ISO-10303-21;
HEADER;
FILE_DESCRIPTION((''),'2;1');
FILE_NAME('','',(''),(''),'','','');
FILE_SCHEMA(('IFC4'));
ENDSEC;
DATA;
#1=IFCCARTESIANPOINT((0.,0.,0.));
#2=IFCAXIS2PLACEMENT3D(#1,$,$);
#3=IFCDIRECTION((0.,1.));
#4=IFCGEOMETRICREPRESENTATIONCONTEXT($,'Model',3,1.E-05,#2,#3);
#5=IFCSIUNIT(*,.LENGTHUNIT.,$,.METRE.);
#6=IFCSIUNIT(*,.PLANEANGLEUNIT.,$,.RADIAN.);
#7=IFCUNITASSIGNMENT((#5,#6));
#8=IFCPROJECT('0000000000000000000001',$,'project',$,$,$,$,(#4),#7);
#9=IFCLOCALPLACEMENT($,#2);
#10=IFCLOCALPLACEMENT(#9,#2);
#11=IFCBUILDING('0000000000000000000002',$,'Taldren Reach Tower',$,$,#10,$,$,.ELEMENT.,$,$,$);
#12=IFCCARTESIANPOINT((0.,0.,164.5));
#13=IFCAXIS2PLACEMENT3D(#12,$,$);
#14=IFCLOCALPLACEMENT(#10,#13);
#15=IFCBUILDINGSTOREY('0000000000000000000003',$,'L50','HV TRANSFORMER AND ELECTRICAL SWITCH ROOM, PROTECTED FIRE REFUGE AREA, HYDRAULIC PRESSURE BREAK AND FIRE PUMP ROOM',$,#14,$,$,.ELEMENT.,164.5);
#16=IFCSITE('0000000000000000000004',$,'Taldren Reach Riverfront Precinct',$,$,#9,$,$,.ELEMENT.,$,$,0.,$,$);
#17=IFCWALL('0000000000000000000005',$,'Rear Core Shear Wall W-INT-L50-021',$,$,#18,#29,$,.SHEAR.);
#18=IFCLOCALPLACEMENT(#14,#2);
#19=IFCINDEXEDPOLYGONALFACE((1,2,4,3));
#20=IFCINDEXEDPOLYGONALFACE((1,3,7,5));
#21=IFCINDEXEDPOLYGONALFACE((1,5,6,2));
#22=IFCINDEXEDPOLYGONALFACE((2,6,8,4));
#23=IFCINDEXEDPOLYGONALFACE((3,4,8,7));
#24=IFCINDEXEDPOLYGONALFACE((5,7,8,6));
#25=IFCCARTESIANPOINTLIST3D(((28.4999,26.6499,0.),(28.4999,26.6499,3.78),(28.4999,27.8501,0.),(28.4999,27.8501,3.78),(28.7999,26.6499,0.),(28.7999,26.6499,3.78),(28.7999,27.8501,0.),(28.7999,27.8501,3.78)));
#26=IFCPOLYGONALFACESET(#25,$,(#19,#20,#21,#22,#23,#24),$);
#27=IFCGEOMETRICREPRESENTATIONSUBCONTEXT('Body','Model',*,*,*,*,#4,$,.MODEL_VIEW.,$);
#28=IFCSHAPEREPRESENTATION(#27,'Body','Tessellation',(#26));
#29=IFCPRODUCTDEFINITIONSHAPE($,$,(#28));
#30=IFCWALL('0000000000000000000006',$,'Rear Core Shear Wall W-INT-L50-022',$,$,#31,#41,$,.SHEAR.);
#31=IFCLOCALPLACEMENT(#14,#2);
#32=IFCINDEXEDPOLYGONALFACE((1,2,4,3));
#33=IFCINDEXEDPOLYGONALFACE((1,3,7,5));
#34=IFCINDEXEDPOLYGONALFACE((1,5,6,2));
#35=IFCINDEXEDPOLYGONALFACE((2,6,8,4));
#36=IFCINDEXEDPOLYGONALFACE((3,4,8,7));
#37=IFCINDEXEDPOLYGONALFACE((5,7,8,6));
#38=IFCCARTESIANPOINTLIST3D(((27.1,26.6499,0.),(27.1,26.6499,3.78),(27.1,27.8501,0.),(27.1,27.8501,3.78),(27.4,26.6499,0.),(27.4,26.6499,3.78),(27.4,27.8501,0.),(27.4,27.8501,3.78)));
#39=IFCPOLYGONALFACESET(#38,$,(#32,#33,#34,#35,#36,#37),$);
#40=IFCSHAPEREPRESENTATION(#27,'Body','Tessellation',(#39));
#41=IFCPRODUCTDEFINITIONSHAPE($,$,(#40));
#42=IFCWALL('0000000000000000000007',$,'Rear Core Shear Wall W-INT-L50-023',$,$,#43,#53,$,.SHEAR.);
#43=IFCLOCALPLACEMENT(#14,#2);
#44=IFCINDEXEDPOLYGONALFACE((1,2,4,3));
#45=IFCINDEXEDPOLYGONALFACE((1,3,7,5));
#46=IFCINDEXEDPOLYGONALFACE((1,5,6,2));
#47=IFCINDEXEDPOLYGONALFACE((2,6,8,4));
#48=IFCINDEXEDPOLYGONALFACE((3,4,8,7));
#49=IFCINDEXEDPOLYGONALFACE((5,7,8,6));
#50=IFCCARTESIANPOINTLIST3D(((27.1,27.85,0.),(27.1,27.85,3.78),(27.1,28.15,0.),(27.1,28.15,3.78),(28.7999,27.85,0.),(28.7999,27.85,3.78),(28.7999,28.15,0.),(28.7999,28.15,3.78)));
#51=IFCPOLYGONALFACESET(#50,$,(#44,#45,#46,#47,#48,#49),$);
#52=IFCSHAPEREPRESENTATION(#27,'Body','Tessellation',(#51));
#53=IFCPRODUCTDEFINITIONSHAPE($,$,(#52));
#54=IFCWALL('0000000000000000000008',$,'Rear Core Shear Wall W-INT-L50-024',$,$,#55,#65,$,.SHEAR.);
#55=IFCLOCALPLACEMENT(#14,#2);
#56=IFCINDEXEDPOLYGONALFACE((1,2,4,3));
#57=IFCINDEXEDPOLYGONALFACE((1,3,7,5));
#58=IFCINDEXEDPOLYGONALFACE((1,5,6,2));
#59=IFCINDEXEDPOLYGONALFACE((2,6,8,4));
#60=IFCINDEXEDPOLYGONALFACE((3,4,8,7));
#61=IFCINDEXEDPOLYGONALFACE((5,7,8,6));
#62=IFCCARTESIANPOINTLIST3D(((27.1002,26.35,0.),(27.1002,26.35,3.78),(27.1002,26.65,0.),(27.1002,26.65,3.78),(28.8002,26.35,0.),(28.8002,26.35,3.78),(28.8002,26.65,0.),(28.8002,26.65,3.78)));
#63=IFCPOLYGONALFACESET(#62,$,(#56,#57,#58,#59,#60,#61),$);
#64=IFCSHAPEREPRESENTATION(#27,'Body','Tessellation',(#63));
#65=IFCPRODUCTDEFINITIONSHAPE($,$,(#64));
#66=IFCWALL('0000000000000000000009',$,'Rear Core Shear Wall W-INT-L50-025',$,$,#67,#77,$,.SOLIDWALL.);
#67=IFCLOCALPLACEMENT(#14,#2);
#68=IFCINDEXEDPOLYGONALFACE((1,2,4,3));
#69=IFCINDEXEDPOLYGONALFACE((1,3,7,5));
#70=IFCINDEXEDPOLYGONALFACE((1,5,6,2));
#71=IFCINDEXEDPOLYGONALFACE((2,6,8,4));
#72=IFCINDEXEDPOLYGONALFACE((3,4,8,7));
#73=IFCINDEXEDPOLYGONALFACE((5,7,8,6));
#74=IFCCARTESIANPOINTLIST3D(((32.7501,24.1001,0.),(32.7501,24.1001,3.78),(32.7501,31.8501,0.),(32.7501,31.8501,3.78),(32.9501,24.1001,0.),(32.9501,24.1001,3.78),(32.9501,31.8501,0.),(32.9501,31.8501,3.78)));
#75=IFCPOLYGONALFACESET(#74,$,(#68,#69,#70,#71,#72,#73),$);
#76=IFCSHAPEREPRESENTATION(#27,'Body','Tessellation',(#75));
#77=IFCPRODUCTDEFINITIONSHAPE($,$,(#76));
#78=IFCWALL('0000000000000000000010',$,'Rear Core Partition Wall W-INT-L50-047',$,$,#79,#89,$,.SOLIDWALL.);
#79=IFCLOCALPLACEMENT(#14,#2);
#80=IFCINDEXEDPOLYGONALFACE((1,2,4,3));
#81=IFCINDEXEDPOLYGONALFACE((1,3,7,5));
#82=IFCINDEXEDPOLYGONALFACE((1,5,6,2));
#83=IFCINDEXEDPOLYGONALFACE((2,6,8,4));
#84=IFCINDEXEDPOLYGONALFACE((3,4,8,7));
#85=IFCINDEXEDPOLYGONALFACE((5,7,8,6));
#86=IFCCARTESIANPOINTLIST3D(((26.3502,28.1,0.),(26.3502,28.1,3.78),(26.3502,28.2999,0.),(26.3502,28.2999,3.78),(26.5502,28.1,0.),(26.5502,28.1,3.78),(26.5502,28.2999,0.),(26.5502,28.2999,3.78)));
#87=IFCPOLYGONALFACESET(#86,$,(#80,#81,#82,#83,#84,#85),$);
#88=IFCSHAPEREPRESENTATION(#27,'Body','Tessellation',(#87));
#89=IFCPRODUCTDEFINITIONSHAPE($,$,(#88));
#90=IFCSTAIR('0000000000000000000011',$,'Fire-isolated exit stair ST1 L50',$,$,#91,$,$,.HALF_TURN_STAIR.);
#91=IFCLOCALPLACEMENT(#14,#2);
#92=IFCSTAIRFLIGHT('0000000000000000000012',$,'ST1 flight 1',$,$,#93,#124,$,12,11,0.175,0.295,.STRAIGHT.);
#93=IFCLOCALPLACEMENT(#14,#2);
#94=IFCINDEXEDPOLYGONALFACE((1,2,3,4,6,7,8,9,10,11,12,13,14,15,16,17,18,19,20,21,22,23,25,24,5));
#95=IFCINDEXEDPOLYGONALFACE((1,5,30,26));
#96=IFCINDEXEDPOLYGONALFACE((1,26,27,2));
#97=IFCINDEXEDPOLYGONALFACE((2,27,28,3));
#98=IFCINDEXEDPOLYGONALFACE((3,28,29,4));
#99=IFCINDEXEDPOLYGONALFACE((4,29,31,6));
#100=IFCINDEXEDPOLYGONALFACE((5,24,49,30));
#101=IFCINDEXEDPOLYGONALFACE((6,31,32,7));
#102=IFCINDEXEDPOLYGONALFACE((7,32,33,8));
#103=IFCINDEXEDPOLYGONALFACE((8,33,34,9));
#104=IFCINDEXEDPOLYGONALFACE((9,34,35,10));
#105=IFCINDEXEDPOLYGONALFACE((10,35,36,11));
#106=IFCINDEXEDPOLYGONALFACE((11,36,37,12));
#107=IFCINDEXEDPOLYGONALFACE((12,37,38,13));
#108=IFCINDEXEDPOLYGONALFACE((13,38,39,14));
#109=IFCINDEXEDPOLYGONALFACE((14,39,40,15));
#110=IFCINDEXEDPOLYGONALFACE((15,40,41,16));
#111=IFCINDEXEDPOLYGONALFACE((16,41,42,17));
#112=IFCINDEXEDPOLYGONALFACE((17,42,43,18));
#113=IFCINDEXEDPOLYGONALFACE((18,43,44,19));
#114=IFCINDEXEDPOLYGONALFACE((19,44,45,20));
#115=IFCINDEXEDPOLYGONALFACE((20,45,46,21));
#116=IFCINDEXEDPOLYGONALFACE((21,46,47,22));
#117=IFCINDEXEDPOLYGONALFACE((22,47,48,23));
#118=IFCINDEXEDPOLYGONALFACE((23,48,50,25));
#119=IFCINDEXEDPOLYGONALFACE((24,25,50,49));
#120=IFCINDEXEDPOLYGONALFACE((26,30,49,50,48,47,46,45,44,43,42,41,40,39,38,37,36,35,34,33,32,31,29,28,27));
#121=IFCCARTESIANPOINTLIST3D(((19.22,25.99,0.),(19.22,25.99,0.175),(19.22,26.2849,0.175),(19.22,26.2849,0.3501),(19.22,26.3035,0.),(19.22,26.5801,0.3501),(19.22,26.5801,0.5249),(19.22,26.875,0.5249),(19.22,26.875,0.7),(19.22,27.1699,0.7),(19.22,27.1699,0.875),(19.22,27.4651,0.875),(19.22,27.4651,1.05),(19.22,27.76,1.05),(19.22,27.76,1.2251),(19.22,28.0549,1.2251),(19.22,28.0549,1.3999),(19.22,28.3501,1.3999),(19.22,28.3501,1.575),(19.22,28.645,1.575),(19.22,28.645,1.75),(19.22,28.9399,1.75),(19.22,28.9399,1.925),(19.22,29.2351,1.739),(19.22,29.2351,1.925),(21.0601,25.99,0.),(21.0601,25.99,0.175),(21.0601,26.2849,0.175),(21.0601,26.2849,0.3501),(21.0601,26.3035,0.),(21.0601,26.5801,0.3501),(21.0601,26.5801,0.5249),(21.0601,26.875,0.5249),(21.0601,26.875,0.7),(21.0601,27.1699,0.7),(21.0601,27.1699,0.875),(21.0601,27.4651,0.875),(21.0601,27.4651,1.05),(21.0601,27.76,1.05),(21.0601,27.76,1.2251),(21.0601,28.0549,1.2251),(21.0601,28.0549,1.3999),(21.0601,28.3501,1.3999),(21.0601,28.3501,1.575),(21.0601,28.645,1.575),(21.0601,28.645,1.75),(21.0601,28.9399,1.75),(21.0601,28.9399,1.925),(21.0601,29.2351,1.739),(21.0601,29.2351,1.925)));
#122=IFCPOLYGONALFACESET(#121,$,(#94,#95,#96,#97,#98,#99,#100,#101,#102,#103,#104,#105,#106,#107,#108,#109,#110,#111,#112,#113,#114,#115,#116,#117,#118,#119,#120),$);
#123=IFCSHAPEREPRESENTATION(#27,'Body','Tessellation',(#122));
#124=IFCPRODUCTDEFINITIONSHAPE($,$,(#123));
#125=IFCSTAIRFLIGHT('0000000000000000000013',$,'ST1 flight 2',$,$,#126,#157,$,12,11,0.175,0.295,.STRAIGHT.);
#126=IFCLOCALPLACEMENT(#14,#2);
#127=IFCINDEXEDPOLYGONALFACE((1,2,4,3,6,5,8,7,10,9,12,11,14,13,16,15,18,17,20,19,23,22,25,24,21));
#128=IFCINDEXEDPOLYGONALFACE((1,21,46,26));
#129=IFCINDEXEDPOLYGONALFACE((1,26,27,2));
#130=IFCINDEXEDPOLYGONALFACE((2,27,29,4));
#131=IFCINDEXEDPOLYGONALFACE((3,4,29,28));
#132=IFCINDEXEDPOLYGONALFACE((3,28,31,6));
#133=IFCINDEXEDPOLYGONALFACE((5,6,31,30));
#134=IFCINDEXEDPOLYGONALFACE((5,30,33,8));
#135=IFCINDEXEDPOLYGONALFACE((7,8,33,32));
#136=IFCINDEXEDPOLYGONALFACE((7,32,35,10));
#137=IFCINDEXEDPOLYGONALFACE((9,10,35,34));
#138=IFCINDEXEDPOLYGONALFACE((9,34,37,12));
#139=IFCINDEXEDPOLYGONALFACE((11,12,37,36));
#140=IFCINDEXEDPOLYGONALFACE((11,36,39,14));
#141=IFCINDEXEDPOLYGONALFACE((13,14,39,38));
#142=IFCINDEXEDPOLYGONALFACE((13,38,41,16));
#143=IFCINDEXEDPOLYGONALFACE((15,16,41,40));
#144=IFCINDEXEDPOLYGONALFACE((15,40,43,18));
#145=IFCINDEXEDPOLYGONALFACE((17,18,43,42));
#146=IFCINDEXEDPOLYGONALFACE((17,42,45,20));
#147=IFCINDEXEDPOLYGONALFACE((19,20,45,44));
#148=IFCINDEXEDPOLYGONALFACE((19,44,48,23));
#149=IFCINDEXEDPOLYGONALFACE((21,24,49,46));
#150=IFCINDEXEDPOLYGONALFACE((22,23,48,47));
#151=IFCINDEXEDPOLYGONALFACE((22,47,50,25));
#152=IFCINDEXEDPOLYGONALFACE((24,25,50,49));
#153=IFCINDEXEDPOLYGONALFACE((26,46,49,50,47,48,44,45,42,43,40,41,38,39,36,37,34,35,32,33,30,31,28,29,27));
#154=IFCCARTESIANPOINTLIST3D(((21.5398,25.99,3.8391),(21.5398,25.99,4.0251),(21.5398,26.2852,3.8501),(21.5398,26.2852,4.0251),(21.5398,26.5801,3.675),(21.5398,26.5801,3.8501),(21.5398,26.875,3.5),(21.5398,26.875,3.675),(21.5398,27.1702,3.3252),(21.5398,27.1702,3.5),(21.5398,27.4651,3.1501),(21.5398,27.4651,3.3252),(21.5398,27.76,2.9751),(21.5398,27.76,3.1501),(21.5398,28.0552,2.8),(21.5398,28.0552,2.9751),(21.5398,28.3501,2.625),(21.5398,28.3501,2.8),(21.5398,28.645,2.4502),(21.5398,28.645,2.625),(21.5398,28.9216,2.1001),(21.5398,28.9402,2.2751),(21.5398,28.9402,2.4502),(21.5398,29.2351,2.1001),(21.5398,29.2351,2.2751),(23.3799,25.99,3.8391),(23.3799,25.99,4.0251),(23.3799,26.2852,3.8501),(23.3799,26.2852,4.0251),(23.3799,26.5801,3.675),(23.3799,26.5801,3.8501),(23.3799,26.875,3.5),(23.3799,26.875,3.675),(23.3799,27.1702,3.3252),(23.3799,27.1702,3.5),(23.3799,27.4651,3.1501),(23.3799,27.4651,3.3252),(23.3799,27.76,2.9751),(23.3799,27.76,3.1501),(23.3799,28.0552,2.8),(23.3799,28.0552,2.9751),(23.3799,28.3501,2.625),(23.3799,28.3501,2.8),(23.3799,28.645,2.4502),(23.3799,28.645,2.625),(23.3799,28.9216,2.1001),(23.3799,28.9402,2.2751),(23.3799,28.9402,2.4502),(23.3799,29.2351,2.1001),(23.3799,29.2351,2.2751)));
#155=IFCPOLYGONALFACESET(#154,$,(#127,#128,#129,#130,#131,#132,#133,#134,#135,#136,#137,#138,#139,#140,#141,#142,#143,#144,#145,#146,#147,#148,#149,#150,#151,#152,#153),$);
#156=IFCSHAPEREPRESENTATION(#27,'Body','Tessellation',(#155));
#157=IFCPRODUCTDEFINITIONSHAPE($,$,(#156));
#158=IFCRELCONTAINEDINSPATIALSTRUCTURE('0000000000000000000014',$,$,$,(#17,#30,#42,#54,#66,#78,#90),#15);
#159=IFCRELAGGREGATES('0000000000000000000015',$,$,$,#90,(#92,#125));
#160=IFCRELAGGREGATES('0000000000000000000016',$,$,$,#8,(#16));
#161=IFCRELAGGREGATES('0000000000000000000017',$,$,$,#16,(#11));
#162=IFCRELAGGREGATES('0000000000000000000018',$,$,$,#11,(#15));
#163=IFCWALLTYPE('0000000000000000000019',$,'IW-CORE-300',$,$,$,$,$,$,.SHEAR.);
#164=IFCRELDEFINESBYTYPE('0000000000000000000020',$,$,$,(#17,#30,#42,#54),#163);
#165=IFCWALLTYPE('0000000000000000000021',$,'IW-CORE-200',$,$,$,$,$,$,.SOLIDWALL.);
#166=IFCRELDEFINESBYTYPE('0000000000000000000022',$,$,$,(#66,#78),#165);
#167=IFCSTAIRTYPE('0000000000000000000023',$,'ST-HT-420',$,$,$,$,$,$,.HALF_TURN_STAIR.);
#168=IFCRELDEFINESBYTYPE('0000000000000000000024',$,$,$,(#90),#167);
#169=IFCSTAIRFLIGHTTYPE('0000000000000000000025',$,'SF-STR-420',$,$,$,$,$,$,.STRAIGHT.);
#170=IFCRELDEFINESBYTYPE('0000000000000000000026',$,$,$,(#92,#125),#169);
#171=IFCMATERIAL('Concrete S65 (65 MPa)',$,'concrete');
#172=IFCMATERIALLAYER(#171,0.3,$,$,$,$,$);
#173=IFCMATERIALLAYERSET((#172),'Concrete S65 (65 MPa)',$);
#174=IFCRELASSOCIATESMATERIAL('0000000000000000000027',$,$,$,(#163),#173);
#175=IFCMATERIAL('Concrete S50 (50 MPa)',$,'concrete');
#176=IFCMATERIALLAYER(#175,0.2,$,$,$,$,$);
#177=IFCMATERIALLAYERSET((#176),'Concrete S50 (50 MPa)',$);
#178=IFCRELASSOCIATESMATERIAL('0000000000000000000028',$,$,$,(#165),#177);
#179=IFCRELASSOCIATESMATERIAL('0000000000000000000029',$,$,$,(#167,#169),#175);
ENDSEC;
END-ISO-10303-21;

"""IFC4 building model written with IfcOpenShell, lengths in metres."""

from ifc_helpers import new_model, si_unit, direction, frame, frame_2d, origin, place, context, subcontext, project, spatial, polyline, rectangle, outline, extrude, source, transform, mapped, material, layer, layer_set, type_object, element, aggregate, save


model = new_model("IFC4")

# Units and contexts
model_context = context("Model", 3, precision=1e-05, world=origin(), true_north=direction((0.0, 1.0)))
body_context = subcontext(model_context, "Body", "Model", "MODEL_VIEW")
ifc_project = project(units=[si_unit("LENGTHUNIT", "METRE"), si_unit("PLANEANGLEUNIT", "RADIAN")], contexts=[model_context])

# Site, building, storey
site_placement = place(None, origin())
site = spatial("IfcSite", under=ifc_project, at=site_placement, Name="Taldren Reach Riverfront Precinct", CompositionType="ELEMENT", RefElevation=0.0)
building_placement = place(site_placement, origin())
building = spatial("IfcBuilding", under=site, at=building_placement, Name="Taldren Reach Tower", CompositionType="ELEMENT")
storey_placement = place(building_placement, frame((0.0, 0.0, 164.5)))
storey = spatial("IfcBuildingStorey", under=building, at=storey_placement, Name="L50", Description="HV TRANSFORMER AND ELECTRICAL SWITCH ROOM, PROTECTED FIRE REFUGE AREA, HYDRAULIC PRESSURE BREAK AND FIRE PUMP ROOM", CompositionType="ELEMENT", Elevation=164.5)

# Shared definitions
ifc_material_1 = material(Name="Concrete S65 (65 MPa)", Category="concrete")
ifc_layer_1 = layer(ifc_material_1, 0.3)
ifc_layer_set_1 = layer_set([ifc_layer_1], Name="Concrete S65 (65 MPa)")
wall_type_1 = type_object("IfcWallType", Name="IW-CORE-300", PredefinedType="SHEAR", material=ifc_layer_set_1)

# Shared definitions
ifc_material_2 = material(Name="Concrete S50 (50 MPa)", Category="concrete")
ifc_layer_2 = layer(ifc_material_2, 0.2)
ifc_layer_set_2 = layer_set([ifc_layer_2], Name="Concrete S50 (50 MPa)")
wall_type_2 = type_object("IfcWallType", Name="IW-CORE-200", PredefinedType="SOLIDWALL", material=ifc_layer_set_2)

# Walls
shared_shape_1 = source(origin(), body_context, "Body", "SweptSolid", [
    extrude(rectangle(XDim=1.2002, YDim=0.3, at=frame_2d((0.6001, 0.0))), origin(), (0.0, 0.0, 1.0), 3.78),
])
for number, where, z_axis, x_axis, name in (
    (1, (28.6499, 26.6499, 0.0), (0.0, 0.0, 1.0), (0.0, 1.0, 0.0), "Rear Core Shear Wall W-INT-L50-021"),
    (2, (27.25, 27.8501, 0.0), (0.0, 0.0, 1.0), (0.0, -1.0, 0.0), "Rear Core Shear Wall W-INT-L50-022"),
):
    element("IfcWall", number, at=place(storey_placement, frame(where, z_axis=z_axis, x_axis=x_axis)), inside=storey, type_object=wall_type_1, Name=name, PredefinedType="SHEAR", context=body_context, shape_type="MappedRepresentation", body=[
        mapped(shared_shape_1, transform((0.0, 0.0, 0.0), scale=1.0)),
    ])
shared_shape_2 = source(origin(), body_context, "Body", "SweptSolid", [
    extrude(rectangle(XDim=1.7, YDim=0.3, at=frame_2d((0.8501, 0.0))), origin(), (0.0, 0.0, 1.0), 3.78),
])
for number, where, z_axis, x_axis, name in (
    (3, (28.8, 28.0, 0.0), (0.0, 0.0, 1.0), (-1.0, 0.0, 0.0), "Rear Core Shear Wall W-INT-L50-023"),
    (4, (27.1001, 26.5, 0.0), (0.0, 0.0, 1.0), (1.0, 0.0, 0.0), "Rear Core Shear Wall W-INT-L50-024"),
):
    element("IfcWall", number, at=place(storey_placement, frame(where, z_axis=z_axis, x_axis=x_axis)), inside=storey, type_object=wall_type_1, Name=name, PredefinedType="SHEAR", context=body_context, shape_type="MappedRepresentation", body=[
        mapped(shared_shape_2, transform((0.0, 0.0, 0.0), scale=1.0)),
    ])
shared_shape_3 = source(origin(), body_context, "Body", "SweptSolid", [
    extrude(rectangle(XDim=7.75, YDim=0.2, at=frame_2d((3.875, 0.0))), origin(), (0.0, 0.0, 1.0), 3.78),
])
wall_1_placement = place(storey_placement, frame((32.8501, 31.8501, 0.0), z_axis=(0.0, 0.0, 1.0), x_axis=(0.0, -1.0, 0.0)))
element("IfcWall", 5, at=wall_1_placement, inside=storey, type_object=wall_type_2, Name="Rear Core Shear Wall W-INT-L50-025", PredefinedType="SOLIDWALL", context=body_context, shape_type="MappedRepresentation", body=[
    mapped(shared_shape_3, transform((0.0, 0.0, 0.0), scale=1.0)),
])
shared_shape_4 = source(origin(), body_context, "Body", "SweptSolid", [
    extrude(rectangle(XDim=0.2, YDim=0.2, at=frame_2d((0.1001, 0.0))), origin(), (0.0, 0.0, 1.0), 3.78),
])
wall_2_placement = place(storey_placement, frame((26.3501, 28.2, 0.0), z_axis=(0.0, 0.0, 1.0), x_axis=(1.0, 0.0, 0.0)))
element("IfcWall", 6, at=wall_2_placement, inside=storey, type_object=wall_type_2, Name="Rear Core Partition Wall W-INT-L50-047", PredefinedType="SOLIDWALL", context=body_context, shape_type="MappedRepresentation", body=[
    mapped(shared_shape_4, transform((0.0, 0.0, 0.0), scale=1.0)),
])

# Stair, stair flights
stair_type = type_object("IfcStairType", Name="ST-HT-420", PredefinedType="HALF_TURN_STAIR", material=ifc_material_2)
stair_placement = place(storey_placement, origin())
stair = element("IfcStair", 7, at=stair_placement, inside=storey, type_object=stair_type, Name="Fire-isolated exit stair ST1 L50", PredefinedType="HALF_TURN_STAIR")
stair_flight_type = type_object("IfcStairFlightType", Name="SF-STR-420", PredefinedType="STRAIGHT", material=ifc_material_2)
stair_flight_1_placement = place(storey_placement, frame((20.1399, 25.99, 0.0), z_axis=(0.0, 0.0, 1.0), x_axis=(0.0, 1.0, 0.0)))
stair_flight_1 = element("IfcStairFlight", 8, at=stair_flight_1_placement, type_object=stair_flight_type, Name="ST1 flight 1", NumberOfRisers=12, NumberOfTreads=11, PredefinedType="STRAIGHT", RiserHeight=0.175, TreadLength=0.295, context=body_context, shape_type="SweptSolid", body=[
    extrude(outline(polyline([(0.0, 0.0), (0.0, 0.175), (0.2949, 0.175), (0.2949, 0.3501), (0.5901, 0.3501), (0.5901, 0.5249), (0.885, 0.5249), (0.885, 0.7), (1.1799, 0.7), (1.1799, 0.875), (1.4751, 0.875), (1.4751, 1.05), (1.77, 1.05), (1.77, 1.2251), (2.0649, 1.2251), (2.0649, 1.3999), (2.3601, 1.3999), (2.3601, 1.575), (2.655, 1.575), (2.655, 1.75), (2.95, 1.75), (2.95, 1.925), (3.2451, 1.925), (3.2451, 2.1001), (3.2451, 1.739), (0.3135, 0.0), (0.0, 0.0)])), frame((0.0, 0.9199, 0.0), z_axis=(0.0, -1.0, 0.0), x_axis=(1.0, 0.0, 0.0)), (0.0, 0.0, 1.0), 1.8401),
])
stair_flight_2_placement = place(storey_placement, frame((22.46, 29.2351, 2.1001), z_axis=(0.0, 0.0, 1.0), x_axis=(0.0, -1.0, 0.0)))
stair_flight_2 = element("IfcStairFlight", 9, at=stair_flight_2_placement, type_object=stair_flight_type, Name="ST1 flight 2", NumberOfRisers=12, NumberOfTreads=11, PredefinedType="STRAIGHT", RiserHeight=0.175, TreadLength=0.295, context=body_context, shape_type="SweptSolid", body=[
    extrude(outline(polyline([(0.0, 0.0), (0.0, 0.175), (0.2949, 0.175), (0.2949, 0.3501), (0.5901, 0.3501), (0.5901, 0.5249), (0.885, 0.5249), (0.885, 0.7), (1.1799, 0.7), (1.1799, 0.875), (1.4751, 0.875), (1.4751, 1.05), (1.77, 1.05), (1.77, 1.2251), (2.0649, 1.2251), (2.0649, 1.3999), (2.3601, 1.3999), (2.3601, 1.575), (2.655, 1.575), (2.655, 1.75), (2.95, 1.75), (2.95, 1.925), (3.2451, 1.925), (3.2451, 2.1001), (3.2451, 1.739), (0.3135, 0.0), (0.0, 0.0)])), frame((0.0, 0.9199, 0.0), z_axis=(0.0, -1.0, 0.0), x_axis=(1.0, 0.0, 0.0)), (0.0, 0.0, 1.0), 1.8401),
])
aggregate(stair, [stair_flight_1, stair_flight_2])

save(model, "model.ifc")
